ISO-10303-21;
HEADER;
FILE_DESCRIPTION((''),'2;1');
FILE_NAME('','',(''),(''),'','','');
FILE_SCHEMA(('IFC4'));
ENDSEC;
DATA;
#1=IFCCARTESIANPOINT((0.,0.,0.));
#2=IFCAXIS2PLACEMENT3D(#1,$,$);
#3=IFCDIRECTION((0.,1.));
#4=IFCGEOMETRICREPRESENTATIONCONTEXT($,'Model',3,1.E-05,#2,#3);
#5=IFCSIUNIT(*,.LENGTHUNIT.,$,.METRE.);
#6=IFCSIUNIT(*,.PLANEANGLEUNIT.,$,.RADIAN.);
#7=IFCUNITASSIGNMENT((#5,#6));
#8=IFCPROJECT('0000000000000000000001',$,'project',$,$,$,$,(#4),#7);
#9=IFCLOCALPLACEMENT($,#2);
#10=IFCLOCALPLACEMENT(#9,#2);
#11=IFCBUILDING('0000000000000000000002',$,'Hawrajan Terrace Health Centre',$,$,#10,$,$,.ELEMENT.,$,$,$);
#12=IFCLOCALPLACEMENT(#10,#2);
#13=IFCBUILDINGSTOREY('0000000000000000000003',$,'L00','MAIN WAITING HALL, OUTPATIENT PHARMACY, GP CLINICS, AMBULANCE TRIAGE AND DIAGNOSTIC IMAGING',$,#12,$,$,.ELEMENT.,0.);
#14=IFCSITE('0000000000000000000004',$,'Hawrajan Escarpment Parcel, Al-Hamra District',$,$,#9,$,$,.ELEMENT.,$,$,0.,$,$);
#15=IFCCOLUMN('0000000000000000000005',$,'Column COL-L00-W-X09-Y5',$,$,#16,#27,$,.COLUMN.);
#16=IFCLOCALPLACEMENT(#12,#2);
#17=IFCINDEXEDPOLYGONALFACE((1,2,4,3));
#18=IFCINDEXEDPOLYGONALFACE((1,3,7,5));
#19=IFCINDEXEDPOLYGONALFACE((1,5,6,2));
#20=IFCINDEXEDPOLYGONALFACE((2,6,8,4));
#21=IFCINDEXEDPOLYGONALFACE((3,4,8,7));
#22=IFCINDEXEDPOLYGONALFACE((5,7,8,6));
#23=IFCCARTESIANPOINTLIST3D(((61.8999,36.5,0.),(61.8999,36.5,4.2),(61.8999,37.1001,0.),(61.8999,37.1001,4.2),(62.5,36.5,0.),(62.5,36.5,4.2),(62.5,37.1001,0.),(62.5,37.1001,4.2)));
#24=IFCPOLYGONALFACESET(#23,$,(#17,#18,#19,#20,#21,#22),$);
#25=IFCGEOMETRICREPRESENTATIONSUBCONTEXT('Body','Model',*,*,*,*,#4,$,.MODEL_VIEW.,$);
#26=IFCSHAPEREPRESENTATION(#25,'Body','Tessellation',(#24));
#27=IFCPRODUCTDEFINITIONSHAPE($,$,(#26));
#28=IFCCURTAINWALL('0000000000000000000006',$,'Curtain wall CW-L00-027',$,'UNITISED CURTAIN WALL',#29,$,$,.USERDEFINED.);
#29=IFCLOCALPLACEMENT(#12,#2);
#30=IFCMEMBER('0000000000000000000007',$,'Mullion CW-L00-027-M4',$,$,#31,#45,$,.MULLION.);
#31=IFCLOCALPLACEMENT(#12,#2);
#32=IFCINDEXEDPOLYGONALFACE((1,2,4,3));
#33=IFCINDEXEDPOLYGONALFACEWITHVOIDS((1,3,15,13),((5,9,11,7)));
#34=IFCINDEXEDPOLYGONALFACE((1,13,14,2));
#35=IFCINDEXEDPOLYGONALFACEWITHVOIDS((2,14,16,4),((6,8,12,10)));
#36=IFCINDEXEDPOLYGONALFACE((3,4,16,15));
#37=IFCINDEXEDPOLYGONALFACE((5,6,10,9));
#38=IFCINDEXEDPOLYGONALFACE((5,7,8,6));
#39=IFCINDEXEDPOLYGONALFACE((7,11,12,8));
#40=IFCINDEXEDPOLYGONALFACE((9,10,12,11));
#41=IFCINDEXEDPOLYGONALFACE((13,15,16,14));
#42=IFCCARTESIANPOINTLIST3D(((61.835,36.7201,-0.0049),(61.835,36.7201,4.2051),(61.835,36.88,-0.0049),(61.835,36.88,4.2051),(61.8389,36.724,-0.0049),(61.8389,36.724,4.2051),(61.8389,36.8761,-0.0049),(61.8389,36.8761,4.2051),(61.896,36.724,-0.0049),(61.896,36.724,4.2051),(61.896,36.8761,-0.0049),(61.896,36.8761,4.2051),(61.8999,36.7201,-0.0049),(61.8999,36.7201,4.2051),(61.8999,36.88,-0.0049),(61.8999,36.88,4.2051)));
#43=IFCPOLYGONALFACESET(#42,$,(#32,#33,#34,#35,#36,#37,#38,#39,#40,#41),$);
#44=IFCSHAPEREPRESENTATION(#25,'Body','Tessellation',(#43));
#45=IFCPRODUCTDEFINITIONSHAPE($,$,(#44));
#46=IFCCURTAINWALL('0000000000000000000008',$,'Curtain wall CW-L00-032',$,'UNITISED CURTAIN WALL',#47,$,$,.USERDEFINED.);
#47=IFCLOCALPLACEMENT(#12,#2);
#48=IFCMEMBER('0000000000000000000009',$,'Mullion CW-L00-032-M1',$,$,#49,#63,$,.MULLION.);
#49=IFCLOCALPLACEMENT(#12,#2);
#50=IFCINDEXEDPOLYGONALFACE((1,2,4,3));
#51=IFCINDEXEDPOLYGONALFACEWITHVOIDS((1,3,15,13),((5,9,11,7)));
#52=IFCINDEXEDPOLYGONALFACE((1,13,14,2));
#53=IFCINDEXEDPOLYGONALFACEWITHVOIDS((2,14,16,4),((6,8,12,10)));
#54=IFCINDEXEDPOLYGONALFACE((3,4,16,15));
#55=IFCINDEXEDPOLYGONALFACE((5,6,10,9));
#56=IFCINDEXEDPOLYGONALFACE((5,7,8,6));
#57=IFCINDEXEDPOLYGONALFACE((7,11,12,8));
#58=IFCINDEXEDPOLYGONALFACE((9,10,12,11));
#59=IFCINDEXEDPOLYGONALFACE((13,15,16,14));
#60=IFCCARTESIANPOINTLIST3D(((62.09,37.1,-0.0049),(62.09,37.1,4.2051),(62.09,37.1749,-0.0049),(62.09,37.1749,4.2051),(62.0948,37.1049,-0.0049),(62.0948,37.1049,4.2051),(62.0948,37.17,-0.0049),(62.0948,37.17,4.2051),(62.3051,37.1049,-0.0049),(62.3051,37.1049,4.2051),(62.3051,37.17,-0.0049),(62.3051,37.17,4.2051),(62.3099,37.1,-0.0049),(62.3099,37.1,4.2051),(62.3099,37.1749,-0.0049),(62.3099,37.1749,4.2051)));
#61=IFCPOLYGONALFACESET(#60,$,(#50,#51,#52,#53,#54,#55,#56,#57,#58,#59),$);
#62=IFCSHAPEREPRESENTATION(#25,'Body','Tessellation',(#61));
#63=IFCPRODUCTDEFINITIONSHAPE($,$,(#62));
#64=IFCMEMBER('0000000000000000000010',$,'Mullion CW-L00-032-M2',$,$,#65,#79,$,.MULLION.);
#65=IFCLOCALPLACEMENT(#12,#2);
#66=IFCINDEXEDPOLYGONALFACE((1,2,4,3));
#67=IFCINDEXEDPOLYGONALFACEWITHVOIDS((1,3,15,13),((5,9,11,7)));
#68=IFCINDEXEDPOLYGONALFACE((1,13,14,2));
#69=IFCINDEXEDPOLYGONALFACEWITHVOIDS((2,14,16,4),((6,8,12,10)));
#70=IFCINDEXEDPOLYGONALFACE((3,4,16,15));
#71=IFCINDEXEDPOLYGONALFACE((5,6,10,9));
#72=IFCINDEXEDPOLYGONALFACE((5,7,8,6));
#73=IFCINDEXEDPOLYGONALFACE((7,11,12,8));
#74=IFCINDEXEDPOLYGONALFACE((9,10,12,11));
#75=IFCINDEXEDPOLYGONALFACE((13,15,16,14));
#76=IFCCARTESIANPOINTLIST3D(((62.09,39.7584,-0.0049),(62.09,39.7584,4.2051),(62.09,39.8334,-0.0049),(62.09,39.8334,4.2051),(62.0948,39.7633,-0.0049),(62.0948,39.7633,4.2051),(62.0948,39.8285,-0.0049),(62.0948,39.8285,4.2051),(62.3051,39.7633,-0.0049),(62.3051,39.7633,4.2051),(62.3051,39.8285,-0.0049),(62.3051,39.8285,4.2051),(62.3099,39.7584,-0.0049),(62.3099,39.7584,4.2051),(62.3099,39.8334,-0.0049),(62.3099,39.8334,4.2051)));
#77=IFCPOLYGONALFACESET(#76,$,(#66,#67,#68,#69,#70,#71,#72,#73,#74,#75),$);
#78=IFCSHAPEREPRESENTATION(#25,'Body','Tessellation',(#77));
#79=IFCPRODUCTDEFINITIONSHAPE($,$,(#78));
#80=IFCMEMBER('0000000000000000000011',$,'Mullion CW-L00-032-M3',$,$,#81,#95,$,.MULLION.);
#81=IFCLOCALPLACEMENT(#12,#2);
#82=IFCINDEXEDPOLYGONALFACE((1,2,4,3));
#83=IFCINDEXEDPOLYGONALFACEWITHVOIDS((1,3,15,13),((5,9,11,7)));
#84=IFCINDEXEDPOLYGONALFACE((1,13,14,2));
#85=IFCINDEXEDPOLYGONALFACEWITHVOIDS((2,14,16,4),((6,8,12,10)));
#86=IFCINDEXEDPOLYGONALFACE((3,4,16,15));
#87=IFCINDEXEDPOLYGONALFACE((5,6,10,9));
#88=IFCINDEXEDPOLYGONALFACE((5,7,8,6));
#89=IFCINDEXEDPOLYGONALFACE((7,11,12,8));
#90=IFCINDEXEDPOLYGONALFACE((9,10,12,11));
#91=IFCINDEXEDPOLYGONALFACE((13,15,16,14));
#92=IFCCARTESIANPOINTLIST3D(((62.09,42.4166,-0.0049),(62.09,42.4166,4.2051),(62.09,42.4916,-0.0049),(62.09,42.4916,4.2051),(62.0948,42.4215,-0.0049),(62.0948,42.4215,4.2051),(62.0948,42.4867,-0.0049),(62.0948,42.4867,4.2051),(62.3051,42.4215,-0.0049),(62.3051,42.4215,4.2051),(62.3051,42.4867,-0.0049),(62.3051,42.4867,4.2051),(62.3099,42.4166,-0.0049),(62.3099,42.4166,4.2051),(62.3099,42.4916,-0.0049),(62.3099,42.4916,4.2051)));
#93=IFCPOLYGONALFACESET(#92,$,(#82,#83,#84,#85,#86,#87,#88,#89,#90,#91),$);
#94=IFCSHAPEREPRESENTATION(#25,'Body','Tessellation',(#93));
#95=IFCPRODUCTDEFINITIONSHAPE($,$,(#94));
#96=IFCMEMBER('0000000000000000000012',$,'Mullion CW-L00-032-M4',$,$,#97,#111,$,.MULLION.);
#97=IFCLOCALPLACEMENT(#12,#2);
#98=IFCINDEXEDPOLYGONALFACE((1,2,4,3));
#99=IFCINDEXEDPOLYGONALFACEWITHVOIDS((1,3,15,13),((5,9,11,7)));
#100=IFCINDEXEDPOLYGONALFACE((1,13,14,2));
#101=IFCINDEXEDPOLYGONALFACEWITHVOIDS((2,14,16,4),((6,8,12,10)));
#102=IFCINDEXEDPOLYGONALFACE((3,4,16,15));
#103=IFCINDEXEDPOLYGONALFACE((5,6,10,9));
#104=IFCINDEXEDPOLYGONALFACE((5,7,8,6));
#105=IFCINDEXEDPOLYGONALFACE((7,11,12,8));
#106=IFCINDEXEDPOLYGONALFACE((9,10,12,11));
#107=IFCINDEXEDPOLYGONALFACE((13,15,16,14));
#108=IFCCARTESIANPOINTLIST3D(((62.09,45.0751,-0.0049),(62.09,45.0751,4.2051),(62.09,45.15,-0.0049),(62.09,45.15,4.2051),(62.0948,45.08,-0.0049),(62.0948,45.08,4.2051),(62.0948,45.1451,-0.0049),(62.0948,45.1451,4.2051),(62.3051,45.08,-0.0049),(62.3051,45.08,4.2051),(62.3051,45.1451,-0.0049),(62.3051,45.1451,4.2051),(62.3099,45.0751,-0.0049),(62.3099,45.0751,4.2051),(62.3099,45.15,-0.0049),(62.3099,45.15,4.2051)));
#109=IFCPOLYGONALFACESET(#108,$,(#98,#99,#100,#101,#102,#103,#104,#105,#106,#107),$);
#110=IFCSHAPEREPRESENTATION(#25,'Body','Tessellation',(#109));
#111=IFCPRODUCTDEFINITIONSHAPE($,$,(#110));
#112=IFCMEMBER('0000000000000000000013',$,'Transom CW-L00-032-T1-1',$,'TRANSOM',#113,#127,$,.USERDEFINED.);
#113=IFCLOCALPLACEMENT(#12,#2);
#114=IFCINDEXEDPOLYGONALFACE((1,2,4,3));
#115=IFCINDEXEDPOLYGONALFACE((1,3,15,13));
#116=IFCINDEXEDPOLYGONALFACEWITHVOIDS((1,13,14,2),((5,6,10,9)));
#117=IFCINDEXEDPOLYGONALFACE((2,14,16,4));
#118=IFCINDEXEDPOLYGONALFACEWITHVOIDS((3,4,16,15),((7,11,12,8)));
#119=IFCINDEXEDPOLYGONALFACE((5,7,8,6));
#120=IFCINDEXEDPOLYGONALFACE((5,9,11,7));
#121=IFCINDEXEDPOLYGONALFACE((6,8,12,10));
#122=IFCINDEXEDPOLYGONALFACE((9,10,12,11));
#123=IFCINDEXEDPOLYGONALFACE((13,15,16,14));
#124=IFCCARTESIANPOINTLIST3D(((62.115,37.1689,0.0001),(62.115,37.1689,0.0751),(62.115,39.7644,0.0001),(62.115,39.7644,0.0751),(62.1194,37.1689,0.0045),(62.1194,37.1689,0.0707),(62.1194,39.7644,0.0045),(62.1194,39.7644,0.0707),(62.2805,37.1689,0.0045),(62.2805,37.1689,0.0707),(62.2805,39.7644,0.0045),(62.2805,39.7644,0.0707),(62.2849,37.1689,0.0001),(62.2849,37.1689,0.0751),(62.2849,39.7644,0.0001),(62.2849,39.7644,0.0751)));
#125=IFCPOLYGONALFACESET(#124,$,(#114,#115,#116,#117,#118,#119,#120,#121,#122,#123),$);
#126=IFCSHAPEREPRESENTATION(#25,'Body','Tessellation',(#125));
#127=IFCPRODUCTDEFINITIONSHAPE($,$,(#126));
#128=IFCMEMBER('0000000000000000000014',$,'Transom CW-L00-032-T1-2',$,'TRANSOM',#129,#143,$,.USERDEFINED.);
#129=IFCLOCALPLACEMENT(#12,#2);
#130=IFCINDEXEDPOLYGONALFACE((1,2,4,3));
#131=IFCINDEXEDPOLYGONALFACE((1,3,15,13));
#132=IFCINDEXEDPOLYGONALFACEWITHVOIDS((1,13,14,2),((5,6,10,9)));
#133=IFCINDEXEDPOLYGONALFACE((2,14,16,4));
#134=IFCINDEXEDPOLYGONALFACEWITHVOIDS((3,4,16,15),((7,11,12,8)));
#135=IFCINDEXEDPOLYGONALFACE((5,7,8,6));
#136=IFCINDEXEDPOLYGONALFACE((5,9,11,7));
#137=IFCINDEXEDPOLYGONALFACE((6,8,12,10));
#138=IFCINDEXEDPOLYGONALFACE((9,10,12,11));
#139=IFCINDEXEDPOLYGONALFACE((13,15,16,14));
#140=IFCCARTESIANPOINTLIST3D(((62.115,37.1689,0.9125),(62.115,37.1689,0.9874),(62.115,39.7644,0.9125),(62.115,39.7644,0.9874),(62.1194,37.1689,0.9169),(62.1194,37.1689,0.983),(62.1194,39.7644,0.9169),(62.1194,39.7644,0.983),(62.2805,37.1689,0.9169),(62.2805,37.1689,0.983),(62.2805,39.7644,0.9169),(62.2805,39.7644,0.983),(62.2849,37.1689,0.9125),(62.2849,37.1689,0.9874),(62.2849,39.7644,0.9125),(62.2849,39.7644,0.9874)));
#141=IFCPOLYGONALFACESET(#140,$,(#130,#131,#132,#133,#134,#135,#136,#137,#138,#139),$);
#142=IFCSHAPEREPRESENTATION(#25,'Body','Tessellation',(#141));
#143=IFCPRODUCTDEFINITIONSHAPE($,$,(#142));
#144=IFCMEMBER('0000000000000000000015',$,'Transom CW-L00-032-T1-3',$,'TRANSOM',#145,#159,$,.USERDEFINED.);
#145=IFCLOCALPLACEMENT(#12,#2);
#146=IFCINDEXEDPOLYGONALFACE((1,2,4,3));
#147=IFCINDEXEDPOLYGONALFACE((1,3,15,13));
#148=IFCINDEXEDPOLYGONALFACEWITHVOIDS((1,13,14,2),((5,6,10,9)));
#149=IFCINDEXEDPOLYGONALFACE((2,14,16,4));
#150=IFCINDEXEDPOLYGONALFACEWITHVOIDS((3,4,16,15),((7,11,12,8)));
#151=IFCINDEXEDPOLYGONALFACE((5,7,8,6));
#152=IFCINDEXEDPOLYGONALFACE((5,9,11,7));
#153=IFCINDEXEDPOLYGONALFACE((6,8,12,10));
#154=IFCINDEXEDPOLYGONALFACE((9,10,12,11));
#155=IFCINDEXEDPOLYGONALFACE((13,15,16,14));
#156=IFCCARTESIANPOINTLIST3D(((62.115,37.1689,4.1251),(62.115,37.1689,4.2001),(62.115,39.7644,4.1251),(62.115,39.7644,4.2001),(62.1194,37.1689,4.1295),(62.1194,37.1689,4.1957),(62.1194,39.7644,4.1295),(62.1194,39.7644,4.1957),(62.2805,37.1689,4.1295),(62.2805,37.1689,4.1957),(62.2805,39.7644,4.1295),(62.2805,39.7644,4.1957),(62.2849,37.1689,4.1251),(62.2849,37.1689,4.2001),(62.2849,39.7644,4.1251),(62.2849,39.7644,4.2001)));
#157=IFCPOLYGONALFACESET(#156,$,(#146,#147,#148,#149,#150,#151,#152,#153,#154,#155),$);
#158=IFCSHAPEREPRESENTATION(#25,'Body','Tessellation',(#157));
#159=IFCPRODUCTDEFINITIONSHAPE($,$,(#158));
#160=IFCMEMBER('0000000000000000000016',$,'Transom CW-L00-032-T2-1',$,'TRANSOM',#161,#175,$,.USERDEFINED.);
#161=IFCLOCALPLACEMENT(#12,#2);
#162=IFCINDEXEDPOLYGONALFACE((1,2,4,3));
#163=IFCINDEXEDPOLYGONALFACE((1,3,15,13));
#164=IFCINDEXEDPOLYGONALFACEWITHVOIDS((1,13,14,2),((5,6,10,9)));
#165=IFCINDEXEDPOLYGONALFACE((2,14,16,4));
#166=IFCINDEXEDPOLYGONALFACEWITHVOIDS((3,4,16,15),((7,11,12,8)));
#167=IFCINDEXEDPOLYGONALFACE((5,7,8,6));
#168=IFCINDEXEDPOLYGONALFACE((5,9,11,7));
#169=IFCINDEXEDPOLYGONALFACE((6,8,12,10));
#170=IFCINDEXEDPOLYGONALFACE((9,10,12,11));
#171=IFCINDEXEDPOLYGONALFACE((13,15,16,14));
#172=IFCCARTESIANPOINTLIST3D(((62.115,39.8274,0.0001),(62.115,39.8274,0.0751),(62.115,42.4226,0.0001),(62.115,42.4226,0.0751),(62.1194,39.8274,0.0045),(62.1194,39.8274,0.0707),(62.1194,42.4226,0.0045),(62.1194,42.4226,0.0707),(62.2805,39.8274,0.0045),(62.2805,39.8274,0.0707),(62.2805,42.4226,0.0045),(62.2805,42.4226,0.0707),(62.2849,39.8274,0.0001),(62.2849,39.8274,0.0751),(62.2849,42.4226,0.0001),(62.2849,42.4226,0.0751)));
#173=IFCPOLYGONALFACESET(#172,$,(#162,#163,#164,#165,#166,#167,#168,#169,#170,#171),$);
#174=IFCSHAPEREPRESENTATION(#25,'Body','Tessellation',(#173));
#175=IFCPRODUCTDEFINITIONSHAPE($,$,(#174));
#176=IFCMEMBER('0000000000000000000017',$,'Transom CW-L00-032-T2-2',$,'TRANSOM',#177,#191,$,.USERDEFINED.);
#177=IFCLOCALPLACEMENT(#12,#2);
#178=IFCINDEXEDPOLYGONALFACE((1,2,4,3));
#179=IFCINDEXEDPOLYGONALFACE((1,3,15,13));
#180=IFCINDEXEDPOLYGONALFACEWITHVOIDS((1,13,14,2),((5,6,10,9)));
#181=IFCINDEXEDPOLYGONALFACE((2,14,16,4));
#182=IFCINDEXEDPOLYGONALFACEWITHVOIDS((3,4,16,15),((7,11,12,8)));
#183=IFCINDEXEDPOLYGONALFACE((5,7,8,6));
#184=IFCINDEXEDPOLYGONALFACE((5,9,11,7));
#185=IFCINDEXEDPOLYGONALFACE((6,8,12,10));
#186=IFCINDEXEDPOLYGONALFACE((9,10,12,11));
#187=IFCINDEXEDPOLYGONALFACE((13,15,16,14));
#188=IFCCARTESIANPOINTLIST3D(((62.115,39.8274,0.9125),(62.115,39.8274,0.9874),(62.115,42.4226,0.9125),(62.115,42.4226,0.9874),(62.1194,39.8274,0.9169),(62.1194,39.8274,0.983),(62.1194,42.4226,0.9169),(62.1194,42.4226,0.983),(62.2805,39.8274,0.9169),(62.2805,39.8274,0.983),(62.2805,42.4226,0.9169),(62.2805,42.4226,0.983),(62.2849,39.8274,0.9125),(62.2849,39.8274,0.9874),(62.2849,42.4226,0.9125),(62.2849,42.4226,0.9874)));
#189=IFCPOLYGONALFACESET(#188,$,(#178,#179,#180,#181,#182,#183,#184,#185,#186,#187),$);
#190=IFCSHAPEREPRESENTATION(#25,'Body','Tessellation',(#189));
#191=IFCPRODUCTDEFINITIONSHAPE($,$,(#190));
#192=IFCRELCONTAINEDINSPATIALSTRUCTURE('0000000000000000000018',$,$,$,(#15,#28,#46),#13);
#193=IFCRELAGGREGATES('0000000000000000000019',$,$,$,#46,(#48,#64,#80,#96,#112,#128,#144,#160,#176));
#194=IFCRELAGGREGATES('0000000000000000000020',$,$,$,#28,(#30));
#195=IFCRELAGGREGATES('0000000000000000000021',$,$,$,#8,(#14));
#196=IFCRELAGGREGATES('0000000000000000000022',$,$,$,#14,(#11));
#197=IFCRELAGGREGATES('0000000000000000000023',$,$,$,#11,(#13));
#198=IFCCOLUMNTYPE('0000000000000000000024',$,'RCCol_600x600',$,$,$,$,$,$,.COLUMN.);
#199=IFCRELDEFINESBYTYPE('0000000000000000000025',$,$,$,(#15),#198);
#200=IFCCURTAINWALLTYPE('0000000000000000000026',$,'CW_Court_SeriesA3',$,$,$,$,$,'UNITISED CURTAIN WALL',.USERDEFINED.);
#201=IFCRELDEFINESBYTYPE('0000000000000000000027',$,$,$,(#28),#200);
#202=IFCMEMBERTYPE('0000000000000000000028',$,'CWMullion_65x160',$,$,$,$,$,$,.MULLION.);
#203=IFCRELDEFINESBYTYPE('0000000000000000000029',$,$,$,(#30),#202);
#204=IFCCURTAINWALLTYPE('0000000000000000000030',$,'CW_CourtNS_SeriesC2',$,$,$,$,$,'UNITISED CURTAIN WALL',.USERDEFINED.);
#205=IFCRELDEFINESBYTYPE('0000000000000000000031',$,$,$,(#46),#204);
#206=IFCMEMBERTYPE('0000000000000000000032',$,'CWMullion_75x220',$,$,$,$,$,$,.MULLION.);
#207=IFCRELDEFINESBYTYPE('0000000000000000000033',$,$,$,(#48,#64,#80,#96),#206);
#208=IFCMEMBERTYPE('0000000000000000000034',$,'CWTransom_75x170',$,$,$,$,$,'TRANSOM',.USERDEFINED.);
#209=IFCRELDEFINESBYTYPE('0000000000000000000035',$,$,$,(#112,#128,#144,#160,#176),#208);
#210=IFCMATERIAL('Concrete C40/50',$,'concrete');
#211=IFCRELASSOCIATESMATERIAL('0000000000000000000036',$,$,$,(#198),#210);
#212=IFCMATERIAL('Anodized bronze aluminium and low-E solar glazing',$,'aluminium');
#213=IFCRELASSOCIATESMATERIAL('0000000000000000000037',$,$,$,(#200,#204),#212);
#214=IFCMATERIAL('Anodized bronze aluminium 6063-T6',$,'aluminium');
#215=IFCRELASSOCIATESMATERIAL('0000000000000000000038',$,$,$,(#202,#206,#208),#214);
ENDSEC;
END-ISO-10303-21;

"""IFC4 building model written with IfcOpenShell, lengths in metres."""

from ifc_helpers import new_model, si_unit, direction, frame, origin, origin_2d, place, context, subcontext, project, spatial, rectangle, hollow_rectangle, extrude, material, material_profile, profile_set, type_object, element, aggregate, save


model = new_model("IFC4")

# Units and contexts
model_context = context("Model", 3, precision=1e-05, world=origin(), true_north=direction((0.0, 1.0)))
body_context = subcontext(model_context, "Body", "Model", "MODEL_VIEW")
ifc_project = project(units=[si_unit("LENGTHUNIT", "METRE"), si_unit("PLANEANGLEUNIT", "RADIAN")], contexts=[model_context])

# Site, building, storey
site_placement = place(None, origin())
site = spatial("IfcSite", under=ifc_project, at=site_placement, Name="Hawrajan Escarpment Parcel, Al-Hamra District", CompositionType="ELEMENT", RefElevation=0.0)
building_placement = place(site_placement, origin())
building = spatial("IfcBuilding", under=site, at=building_placement, Name="Hawrajan Terrace Health Centre", CompositionType="ELEMENT")
storey_placement = place(building_placement, origin())
storey = spatial("IfcBuildingStorey", under=building, at=storey_placement, Name="L00", Description="MAIN WAITING HALL, OUTPATIENT PHARMACY, GP CLINICS, AMBULANCE TRIAGE AND DIAGNOSTIC IMAGING", CompositionType="ELEMENT", Elevation=0.0)

# Column
ifc_material_1 = material(Name="Concrete C40/50", Category="concrete")
ifc_material_profile_1 = material_profile(ifc_material_1, rectangle(XDim=0.6001, YDim=0.6001, at=origin_2d()), Name="RC 600x600")
ifc_profile_set_1 = profile_set([ifc_material_profile_1], Name="Concrete C40/50")
column_type = type_object("IfcColumnType", Name="RCCol_600x600", PredefinedType="COLUMN", material=ifc_profile_set_1)
column_placement = place(storey_placement, frame((62.2, 36.8, 0.0), z_axis=(0.0, 0.0, 1.0), x_axis=(1.0, 0.0, 0.0)))
element("IfcColumn", 1, at=column_placement, inside=storey, type_object=column_type, Name="Column COL-L00-W-X09-Y5", PredefinedType="COLUMN", context=body_context, shape_type="SweptSolid", body=[
    extrude(rectangle(XDim=0.6001, YDim=0.6001, at=origin_2d()), origin(), (0.0, 0.0, 1.0), 4.2),
])

# Curtain wall, member
ifc_material_2 = material(Name="Anodized bronze aluminium and low-E solar glazing", Category="aluminium")
curtain_wall_type_1 = type_object("IfcCurtainWallType", Name="CW_Court_SeriesA3", ElementType="UNITISED CURTAIN WALL", PredefinedType="USERDEFINED", material=ifc_material_2)
curtain_wall_1_placement = place(storey_placement, origin())
curtain_wall_1 = element("IfcCurtainWall", 2, at=curtain_wall_1_placement, inside=storey, type_object=curtain_wall_type_1, Name="Curtain wall CW-L00-027", ObjectType="UNITISED CURTAIN WALL", PredefinedType="USERDEFINED")
ifc_material_3 = material(Name="Anodized bronze aluminium 6063-T6", Category="aluminium")
ifc_material_profile_2 = material_profile(ifc_material_3, hollow_rectangle(XDim=0.0649, YDim=0.1599, WallThickness=0.0039, at=origin_2d()), Name="CW MUL 65x160")
ifc_profile_set_2 = profile_set([ifc_material_profile_2], Name="Anodized bronze aluminium 6063-T6")
member_type_1 = type_object("IfcMemberType", Name="CWMullion_65x160", PredefinedType="MULLION", material=ifc_profile_set_2)
member_1_placement = place(storey_placement, frame((61.8674, 36.8, -0.0049), z_axis=(0.0, 0.0, 1.0), x_axis=(1.0, 0.0, 0.0)))
member_1 = element("IfcMember", 3, at=member_1_placement, type_object=member_type_1, Name="Mullion CW-L00-027-M4", PredefinedType="MULLION", context=body_context, shape_type="SweptSolid", body=[
    extrude(hollow_rectangle(XDim=0.0649, YDim=0.1599, WallThickness=0.0039, at=origin_2d()), origin(), (0.0, 0.0, 1.0), 4.21),
])

# Curtain wall, members
curtain_wall_type_2 = type_object("IfcCurtainWallType", Name="CW_CourtNS_SeriesC2", ElementType="UNITISED CURTAIN WALL", PredefinedType="USERDEFINED", material=ifc_material_2)
curtain_wall_2_placement = place(storey_placement, origin())
curtain_wall_2 = element("IfcCurtainWall", 4, at=curtain_wall_2_placement, inside=storey, type_object=curtain_wall_type_2, Name="Curtain wall CW-L00-032", ObjectType="UNITISED CURTAIN WALL", PredefinedType="USERDEFINED")
ifc_material_profile_3 = material_profile(ifc_material_3, hollow_rectangle(XDim=0.075, YDim=0.22, WallThickness=0.0049, at=origin_2d()), Name="CW MUL 75x220")
ifc_profile_set_3 = profile_set([ifc_material_profile_3], Name="Anodized bronze aluminium 6063-T6")
member_type_2 = type_object("IfcMemberType", Name="CWMullion_75x220", PredefinedType="MULLION", material=ifc_profile_set_3)
member_2_placement = place(storey_placement, frame((62.2, 37.1375, -0.0049), z_axis=(0.0, 0.0, 1.0), x_axis=(0.0, 1.0, 0.0)))
member_2 = element("IfcMember", 5, at=member_2_placement, type_object=member_type_2, Name="Mullion CW-L00-032-M1", PredefinedType="MULLION", context=body_context, shape_type="SweptSolid", body=[
    extrude(hollow_rectangle(XDim=0.075, YDim=0.22, WallThickness=0.0049, at=origin_2d()), origin(), (0.0, 0.0, 1.0), 4.21),
])
member_3_placement = place(storey_placement, frame((62.2, 39.7959, -0.0049), z_axis=(0.0, 0.0, 1.0), x_axis=(0.0, 1.0, 0.0)))
member_3 = element("IfcMember", 6, at=member_3_placement, type_object=member_type_2, Name="Mullion CW-L00-032-M2", PredefinedType="MULLION", context=body_context, shape_type="SweptSolid", body=[
    extrude(hollow_rectangle(XDim=0.075, YDim=0.22, WallThickness=0.0049, at=origin_2d()), origin(), (0.0, 0.0, 1.0), 4.21),
])
member_4_placement = place(storey_placement, frame((62.2, 42.4541, -0.0049), z_axis=(0.0, 0.0, 1.0), x_axis=(0.0, 1.0, 0.0)))
member_4 = element("IfcMember", 7, at=member_4_placement, type_object=member_type_2, Name="Mullion CW-L00-032-M3", PredefinedType="MULLION", context=body_context, shape_type="SweptSolid", body=[
    extrude(hollow_rectangle(XDim=0.075, YDim=0.22, WallThickness=0.0049, at=origin_2d()), origin(), (0.0, 0.0, 1.0), 4.21),
])
member_5_placement = place(storey_placement, frame((62.2, 45.1125, -0.0049), z_axis=(0.0, 0.0, 1.0), x_axis=(0.0, 1.0, 0.0)))
member_5 = element("IfcMember", 8, at=member_5_placement, type_object=member_type_2, Name="Mullion CW-L00-032-M4", PredefinedType="MULLION", context=body_context, shape_type="SweptSolid", body=[
    extrude(hollow_rectangle(XDim=0.075, YDim=0.22, WallThickness=0.0049, at=origin_2d()), origin(), (0.0, 0.0, 1.0), 4.21),
])
ifc_material_profile_4 = material_profile(ifc_material_3, hollow_rectangle(XDim=0.075, YDim=0.1699, WallThickness=0.0044, at=origin_2d()), Name="CW TRN 75x170")
ifc_profile_set_4 = profile_set([ifc_material_profile_4], Name="Anodized bronze aluminium 6063-T6")
member_type_3 = type_object("IfcMemberType", Name="CWTransom_75x170", ElementType="TRANSOM", PredefinedType="USERDEFINED", material=ifc_profile_set_4)
member_6_placement = place(storey_placement, frame((62.2, 37.1689, 0.0376), z_axis=(0.0, 1.0, 0.0), x_axis=(0.0, 0.0, 1.0)))
member_6 = element("IfcMember", 9, at=member_6_placement, type_object=member_type_3, Name="Transom CW-L00-032-T1-1", ObjectType="TRANSOM", PredefinedType="USERDEFINED", context=body_context, shape_type="SweptSolid", body=[
    extrude(hollow_rectangle(XDim=0.075, YDim=0.1699, WallThickness=0.0044, at=origin_2d()), origin(), (0.0, 0.0, 1.0), 2.5955),
])
member_7_placement = place(storey_placement, frame((62.2, 37.1689, 0.95), z_axis=(0.0, 1.0, 0.0), x_axis=(0.0, 0.0, 1.0)))
member_7 = element("IfcMember", 10, at=member_7_placement, type_object=member_type_3, Name="Transom CW-L00-032-T1-2", ObjectType="TRANSOM", PredefinedType="USERDEFINED", context=body_context, shape_type="SweptSolid", body=[
    extrude(hollow_rectangle(XDim=0.075, YDim=0.1699, WallThickness=0.0044, at=origin_2d()), origin(), (0.0, 0.0, 1.0), 2.5955),
])
member_8_placement = place(storey_placement, frame((62.2, 37.1689, 4.1626), z_axis=(0.0, 1.0, 0.0), x_axis=(0.0, 0.0, 1.0)))
member_8 = element("IfcMember", 11, at=member_8_placement, type_object=member_type_3, Name="Transom CW-L00-032-T1-3", ObjectType="TRANSOM", PredefinedType="USERDEFINED", context=body_context, shape_type="SweptSolid", body=[
    extrude(hollow_rectangle(XDim=0.075, YDim=0.1699, WallThickness=0.0044, at=origin_2d()), origin(), (0.0, 0.0, 1.0), 2.5955),
])
member_9_placement = place(storey_placement, frame((62.2, 39.8274, 0.0376), z_axis=(0.0, 1.0, 0.0), x_axis=(0.0, 0.0, 1.0)))
member_9 = element("IfcMember", 12, at=member_9_placement, type_object=member_type_3, Name="Transom CW-L00-032-T2-1", ObjectType="TRANSOM", PredefinedType="USERDEFINED", context=body_context, shape_type="SweptSolid", body=[
    extrude(hollow_rectangle(XDim=0.075, YDim=0.1699, WallThickness=0.0044, at=origin_2d()), origin(), (0.0, 0.0, 1.0), 2.5952),
])
member_10_placement = place(storey_placement, frame((62.2, 39.8274, 0.95), z_axis=(0.0, 1.0, 0.0), x_axis=(0.0, 0.0, 1.0)))
member_10 = element("IfcMember", 13, at=member_10_placement, type_object=member_type_3, Name="Transom CW-L00-032-T2-2", ObjectType="TRANSOM", PredefinedType="USERDEFINED", context=body_context, shape_type="SweptSolid", body=[
    extrude(hollow_rectangle(XDim=0.075, YDim=0.1699, WallThickness=0.0044, at=origin_2d()), origin(), (0.0, 0.0, 1.0), 2.5952),
])

aggregate(curtain_wall_2, [member_2, member_3, member_4, member_5, member_6, member_7, member_8, member_9, member_10])
aggregate(curtain_wall_1, [member_1])

save(model, "model.ifc")
